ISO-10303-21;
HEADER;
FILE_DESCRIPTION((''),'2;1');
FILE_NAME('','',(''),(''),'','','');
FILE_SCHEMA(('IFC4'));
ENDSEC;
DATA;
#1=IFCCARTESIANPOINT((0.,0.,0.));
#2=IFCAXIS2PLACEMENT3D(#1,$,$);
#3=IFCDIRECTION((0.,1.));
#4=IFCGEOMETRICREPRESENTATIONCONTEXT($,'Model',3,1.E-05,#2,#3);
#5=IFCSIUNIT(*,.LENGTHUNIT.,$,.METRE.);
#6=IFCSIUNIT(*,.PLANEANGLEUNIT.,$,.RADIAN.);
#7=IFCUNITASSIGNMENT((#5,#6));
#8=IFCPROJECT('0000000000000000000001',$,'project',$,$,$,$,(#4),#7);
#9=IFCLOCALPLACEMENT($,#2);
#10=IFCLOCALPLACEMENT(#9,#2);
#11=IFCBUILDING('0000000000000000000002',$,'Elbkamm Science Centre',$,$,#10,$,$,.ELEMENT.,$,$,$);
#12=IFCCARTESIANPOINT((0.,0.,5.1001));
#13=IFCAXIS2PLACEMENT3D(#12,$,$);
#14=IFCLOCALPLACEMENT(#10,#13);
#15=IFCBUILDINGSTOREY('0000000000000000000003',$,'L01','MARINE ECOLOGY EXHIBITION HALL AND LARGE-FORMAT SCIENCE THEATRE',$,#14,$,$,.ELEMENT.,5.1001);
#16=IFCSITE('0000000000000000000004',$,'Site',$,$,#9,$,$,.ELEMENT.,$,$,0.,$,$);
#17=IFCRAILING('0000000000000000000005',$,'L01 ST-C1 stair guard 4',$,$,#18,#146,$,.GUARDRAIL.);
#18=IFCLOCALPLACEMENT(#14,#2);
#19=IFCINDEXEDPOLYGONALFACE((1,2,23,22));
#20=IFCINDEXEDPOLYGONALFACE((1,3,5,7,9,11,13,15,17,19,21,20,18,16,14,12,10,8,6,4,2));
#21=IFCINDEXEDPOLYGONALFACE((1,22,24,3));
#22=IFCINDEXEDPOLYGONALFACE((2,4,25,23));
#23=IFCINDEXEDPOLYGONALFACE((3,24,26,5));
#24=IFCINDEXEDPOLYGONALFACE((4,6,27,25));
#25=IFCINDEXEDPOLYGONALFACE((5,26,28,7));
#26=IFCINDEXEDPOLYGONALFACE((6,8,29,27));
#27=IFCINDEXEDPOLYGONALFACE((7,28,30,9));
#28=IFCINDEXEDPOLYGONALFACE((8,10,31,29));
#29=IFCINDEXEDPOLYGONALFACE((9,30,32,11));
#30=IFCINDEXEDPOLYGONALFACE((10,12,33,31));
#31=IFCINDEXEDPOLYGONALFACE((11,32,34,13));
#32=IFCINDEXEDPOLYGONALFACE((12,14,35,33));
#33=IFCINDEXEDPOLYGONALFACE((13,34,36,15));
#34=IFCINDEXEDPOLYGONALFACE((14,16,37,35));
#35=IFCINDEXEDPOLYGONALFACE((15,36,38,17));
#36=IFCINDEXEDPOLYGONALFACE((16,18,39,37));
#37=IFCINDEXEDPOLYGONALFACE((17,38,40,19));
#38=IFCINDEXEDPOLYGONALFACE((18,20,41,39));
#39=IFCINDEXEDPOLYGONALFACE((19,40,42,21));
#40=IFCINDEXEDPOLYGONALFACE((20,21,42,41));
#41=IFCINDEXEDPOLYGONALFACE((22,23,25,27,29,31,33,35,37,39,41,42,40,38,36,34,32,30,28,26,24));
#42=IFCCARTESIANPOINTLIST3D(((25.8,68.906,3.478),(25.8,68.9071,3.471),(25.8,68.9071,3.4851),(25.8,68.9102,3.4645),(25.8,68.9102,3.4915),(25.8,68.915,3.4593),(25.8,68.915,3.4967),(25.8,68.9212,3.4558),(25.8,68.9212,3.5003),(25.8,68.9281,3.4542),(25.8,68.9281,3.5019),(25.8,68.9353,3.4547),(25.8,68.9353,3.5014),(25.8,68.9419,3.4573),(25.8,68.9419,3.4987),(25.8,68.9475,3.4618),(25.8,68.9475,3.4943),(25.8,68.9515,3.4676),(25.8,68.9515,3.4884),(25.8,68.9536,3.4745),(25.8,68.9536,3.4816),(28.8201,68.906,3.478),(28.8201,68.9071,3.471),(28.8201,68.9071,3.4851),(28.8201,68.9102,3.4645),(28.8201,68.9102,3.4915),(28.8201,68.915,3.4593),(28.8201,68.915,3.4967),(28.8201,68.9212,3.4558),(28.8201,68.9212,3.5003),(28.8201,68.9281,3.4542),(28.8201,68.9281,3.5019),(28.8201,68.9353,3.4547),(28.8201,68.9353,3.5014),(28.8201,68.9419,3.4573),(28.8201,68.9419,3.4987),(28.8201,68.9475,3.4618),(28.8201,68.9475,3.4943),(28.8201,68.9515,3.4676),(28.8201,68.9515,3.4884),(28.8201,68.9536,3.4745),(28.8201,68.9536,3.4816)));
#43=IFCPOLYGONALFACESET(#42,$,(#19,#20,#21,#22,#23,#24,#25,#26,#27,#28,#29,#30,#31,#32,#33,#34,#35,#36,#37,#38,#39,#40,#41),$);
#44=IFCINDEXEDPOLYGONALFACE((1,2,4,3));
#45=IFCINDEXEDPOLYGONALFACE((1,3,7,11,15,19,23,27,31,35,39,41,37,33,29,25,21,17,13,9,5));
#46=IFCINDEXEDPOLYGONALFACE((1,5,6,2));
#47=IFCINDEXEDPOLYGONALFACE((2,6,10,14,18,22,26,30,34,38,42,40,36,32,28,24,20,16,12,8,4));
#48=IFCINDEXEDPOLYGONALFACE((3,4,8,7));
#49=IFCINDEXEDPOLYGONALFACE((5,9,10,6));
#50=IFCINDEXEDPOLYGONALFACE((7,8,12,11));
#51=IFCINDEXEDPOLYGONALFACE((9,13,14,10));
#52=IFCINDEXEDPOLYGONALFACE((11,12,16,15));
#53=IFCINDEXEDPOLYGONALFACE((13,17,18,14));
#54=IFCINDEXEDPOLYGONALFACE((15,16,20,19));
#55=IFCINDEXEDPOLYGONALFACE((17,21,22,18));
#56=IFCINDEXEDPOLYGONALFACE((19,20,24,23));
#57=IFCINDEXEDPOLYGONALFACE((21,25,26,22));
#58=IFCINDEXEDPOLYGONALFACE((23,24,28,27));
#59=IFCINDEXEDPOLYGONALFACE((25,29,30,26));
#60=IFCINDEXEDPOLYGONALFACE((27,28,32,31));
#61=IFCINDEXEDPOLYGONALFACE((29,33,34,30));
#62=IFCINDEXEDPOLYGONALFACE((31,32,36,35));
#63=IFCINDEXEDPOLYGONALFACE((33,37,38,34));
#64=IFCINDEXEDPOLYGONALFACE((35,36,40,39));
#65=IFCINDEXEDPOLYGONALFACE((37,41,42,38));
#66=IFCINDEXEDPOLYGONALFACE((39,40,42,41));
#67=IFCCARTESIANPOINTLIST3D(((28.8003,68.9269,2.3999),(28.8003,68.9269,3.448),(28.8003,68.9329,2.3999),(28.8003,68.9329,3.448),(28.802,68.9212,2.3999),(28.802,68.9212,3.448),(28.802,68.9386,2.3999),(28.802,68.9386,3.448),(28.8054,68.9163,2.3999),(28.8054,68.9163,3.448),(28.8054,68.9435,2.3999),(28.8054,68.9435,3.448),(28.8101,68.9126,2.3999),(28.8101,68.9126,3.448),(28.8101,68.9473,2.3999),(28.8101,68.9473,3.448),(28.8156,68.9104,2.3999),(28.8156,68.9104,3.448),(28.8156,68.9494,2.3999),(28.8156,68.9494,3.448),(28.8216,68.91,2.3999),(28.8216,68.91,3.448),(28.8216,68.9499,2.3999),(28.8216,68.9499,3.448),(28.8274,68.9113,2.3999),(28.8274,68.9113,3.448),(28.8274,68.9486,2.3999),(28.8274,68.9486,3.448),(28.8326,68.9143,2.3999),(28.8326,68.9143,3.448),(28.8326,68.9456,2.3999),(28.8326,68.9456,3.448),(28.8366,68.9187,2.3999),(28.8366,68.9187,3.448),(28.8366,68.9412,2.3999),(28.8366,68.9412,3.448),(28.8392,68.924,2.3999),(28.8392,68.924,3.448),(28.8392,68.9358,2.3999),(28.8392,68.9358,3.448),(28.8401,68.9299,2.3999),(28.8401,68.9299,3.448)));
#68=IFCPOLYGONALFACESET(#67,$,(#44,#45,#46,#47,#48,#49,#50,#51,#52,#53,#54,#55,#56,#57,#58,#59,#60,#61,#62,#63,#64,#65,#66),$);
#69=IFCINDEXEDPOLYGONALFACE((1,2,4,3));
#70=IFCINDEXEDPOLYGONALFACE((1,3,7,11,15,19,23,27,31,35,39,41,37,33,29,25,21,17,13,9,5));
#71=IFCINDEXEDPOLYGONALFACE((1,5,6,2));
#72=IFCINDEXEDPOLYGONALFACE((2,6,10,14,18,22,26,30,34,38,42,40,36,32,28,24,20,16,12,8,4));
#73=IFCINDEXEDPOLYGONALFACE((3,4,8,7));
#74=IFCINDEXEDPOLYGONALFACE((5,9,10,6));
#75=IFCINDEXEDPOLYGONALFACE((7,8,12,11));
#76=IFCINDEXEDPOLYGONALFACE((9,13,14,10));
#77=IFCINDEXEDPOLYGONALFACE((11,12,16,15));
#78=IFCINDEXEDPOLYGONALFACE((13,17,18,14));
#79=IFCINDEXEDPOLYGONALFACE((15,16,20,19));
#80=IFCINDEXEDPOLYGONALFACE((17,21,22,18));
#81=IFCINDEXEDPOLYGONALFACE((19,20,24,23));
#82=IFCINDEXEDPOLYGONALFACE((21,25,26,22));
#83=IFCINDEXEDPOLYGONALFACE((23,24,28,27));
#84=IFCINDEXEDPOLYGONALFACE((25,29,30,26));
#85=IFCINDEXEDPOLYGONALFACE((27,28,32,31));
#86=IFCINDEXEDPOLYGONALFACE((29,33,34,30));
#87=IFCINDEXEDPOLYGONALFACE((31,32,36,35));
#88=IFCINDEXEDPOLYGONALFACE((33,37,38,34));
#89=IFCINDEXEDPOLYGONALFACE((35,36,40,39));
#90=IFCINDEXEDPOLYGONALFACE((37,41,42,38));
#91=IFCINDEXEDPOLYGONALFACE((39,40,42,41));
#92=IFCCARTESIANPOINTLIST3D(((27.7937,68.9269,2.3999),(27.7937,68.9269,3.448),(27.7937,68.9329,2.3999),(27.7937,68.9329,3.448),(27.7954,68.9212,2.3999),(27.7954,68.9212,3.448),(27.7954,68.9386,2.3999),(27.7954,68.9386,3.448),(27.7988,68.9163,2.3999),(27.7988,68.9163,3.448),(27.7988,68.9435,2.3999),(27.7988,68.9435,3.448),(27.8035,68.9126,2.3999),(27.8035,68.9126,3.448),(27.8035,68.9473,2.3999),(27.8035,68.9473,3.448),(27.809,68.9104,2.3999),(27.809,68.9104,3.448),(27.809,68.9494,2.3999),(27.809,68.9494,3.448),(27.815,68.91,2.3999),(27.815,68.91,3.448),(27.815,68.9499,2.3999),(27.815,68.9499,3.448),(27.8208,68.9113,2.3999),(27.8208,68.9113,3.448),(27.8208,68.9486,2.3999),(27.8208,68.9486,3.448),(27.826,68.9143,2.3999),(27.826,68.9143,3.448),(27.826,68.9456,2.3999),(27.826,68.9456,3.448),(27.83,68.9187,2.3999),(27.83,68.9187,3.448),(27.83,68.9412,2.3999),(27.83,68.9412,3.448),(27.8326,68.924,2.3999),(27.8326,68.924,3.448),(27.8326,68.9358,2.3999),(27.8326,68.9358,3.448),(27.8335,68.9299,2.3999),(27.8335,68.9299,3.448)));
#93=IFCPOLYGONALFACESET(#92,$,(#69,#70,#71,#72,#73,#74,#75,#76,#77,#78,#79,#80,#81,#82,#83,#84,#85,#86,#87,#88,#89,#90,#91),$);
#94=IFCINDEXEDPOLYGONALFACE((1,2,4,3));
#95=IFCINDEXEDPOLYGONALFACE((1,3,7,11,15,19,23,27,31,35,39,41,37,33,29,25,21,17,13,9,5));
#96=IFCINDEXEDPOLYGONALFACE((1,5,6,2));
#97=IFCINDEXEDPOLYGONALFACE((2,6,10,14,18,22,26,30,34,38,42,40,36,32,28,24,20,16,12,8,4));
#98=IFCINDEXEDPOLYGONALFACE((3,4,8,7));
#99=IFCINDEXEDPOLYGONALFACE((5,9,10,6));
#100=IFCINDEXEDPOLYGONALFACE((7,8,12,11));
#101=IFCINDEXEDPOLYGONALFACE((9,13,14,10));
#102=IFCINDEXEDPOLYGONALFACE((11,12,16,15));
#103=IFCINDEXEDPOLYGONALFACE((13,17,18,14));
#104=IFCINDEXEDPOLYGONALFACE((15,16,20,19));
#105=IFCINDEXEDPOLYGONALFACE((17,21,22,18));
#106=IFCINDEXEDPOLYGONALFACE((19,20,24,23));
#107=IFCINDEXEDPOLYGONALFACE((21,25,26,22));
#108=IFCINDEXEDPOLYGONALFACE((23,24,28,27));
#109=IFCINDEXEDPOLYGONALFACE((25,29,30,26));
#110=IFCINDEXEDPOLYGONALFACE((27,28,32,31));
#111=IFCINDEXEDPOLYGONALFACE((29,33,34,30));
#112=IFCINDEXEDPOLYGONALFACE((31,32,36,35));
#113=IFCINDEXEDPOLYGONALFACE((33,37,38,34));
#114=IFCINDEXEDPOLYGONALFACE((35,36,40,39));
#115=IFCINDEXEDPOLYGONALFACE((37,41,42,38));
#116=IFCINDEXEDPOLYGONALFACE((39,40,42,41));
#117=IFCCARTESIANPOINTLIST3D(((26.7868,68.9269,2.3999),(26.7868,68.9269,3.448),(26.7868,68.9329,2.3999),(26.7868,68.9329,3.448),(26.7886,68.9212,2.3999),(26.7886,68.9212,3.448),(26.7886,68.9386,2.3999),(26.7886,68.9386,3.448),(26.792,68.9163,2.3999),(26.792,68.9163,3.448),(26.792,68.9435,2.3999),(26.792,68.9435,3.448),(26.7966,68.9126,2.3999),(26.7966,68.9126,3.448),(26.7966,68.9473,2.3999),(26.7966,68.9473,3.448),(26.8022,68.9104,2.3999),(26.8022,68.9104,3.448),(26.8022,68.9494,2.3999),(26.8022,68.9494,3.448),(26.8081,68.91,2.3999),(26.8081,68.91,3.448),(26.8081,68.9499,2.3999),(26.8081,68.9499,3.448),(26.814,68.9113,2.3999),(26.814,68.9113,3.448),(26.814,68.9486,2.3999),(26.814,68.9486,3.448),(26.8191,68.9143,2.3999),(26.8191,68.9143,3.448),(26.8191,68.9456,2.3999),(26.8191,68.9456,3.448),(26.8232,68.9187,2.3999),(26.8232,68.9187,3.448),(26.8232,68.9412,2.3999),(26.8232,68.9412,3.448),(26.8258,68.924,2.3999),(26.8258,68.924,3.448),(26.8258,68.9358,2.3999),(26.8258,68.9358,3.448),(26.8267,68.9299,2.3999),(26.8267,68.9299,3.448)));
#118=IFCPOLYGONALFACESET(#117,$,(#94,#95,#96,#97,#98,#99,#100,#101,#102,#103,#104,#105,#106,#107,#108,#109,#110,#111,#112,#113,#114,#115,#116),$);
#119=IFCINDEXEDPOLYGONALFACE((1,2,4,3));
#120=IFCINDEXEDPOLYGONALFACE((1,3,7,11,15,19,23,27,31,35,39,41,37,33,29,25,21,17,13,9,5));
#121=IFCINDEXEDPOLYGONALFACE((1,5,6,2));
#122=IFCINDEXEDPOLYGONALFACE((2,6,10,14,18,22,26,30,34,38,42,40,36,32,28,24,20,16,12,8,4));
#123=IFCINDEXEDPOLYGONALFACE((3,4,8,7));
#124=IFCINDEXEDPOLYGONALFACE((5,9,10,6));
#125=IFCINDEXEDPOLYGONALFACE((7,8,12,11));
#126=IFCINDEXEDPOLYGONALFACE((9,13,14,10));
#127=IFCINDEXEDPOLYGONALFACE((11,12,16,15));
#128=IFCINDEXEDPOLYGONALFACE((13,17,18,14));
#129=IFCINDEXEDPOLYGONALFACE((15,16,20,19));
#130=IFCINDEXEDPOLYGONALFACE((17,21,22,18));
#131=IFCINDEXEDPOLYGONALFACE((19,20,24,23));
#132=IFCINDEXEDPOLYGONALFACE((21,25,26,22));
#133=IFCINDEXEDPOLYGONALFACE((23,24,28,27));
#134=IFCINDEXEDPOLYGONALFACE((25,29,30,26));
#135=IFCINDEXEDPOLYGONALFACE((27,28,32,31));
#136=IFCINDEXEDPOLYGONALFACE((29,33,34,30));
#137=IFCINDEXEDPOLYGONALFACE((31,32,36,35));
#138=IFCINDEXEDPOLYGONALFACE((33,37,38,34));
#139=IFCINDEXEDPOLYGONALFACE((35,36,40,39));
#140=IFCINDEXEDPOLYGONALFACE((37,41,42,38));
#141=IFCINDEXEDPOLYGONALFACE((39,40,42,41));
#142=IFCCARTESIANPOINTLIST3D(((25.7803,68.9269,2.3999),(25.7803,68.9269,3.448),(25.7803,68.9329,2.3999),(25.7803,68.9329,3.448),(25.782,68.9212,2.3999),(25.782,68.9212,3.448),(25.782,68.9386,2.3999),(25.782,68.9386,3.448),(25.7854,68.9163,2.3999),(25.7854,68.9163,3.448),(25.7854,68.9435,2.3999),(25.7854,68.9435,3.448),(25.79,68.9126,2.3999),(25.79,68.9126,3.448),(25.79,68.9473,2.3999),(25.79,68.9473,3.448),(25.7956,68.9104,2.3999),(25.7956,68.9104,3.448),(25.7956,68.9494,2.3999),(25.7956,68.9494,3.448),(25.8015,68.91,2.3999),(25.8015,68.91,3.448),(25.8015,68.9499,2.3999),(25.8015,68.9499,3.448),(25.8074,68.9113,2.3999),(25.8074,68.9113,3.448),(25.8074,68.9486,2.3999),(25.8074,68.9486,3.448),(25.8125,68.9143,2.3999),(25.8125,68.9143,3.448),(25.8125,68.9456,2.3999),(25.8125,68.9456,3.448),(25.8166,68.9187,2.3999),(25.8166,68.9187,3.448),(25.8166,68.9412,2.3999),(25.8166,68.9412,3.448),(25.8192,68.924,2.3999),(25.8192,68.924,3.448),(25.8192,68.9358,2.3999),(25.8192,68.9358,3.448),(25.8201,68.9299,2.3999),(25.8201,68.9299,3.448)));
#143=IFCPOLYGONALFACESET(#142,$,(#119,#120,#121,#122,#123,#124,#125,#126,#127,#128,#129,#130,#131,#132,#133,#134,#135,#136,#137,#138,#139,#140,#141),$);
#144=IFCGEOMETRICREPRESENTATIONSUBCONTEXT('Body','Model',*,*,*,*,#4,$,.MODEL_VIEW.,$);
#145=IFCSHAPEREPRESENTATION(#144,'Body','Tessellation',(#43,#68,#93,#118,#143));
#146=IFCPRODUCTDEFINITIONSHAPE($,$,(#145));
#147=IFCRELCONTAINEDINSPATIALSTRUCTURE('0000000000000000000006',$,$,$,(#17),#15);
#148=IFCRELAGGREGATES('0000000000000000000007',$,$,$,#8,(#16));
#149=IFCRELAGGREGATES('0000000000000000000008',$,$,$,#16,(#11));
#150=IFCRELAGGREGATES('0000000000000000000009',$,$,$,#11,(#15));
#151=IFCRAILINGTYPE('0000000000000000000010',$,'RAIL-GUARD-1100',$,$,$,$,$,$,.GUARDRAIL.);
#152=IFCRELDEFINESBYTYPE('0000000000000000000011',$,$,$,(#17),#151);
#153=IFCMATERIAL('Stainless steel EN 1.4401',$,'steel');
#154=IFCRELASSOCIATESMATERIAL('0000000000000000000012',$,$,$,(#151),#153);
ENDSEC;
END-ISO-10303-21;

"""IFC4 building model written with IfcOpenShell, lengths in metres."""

from ifc_helpers import new_model, si_unit, direction, frame, origin, origin_2d, place, context, subcontext, project, spatial, circle, extrude, material, type_object, element, save


model = new_model("IFC4")

# Units and contexts
model_context = context("Model", 3, precision=1e-05, world=origin(), true_north=direction((0.0, 1.0)))
body_context = subcontext(model_context, "Body", "Model", "MODEL_VIEW")
ifc_project = project(units=[si_unit("LENGTHUNIT", "METRE"), si_unit("PLANEANGLEUNIT", "RADIAN")], contexts=[model_context])

# Site, building, storey
site_placement = place(None, origin())
site = spatial("IfcSite", under=ifc_project, at=site_placement, Name="Site", CompositionType="ELEMENT", RefElevation=0.0)
building_placement = place(site_placement, origin())
building = spatial("IfcBuilding", under=site, at=building_placement, Name="Elbkamm Science Centre", CompositionType="ELEMENT")
storey_placement = place(building_placement, frame((0.0, 0.0, 5.1001)))
storey = spatial("IfcBuildingStorey", under=building, at=storey_placement, Name="L01", Description="MARINE ECOLOGY EXHIBITION HALL AND LARGE-FORMAT SCIENCE THEATRE", CompositionType="ELEMENT", Elevation=5.1001)

# Railing
ifc_material_1 = material(Name="Stainless steel EN 1.4401", Category="steel")
railing_type_1 = type_object("IfcRailingType", Name="RAIL-GUARD-1100", PredefinedType="GUARDRAIL", material=ifc_material_1)
for number, where, name in (
    (1, (28.8201, 68.9299, 2.3999), "L01 ST-C1 stair guard 4"),
):
    element("IfcRailing", number, at=place(storey_placement, frame(where)), inside=storey, type_object=railing_type_1, Name=name, PredefinedType="GUARDRAIL", context=body_context, shape_type="SweptSolid", body=[
        extrude(circle(Radius=0.0239, at=origin_2d()), frame((0.0, 0.0, 1.0781), z_axis=(-1.0, 0.0, 0.0), x_axis=(0.0, -1.0, 0.0)), (0.0, 0.0, 1.0), 3.02),
        extrude(circle(Radius=0.02, at=origin_2d()), origin(), (0.0, 0.0, 1.0), 1.0481),
        extrude(circle(Radius=0.02, at=origin_2d()), frame((-1.0066, 0.0, 0.0)), (0.0, 0.0, 1.0), 1.0481),
        extrude(circle(Radius=0.02, at=origin_2d()), frame((-2.0134, 0.0, 0.0)), (0.0, 0.0, 1.0), 1.0481),
        extrude(circle(Radius=0.02, at=origin_2d()), frame((-3.02, 0.0, 0.0)), (0.0, 0.0, 1.0), 1.0481),
    ])

save(model, "model.ifc")
